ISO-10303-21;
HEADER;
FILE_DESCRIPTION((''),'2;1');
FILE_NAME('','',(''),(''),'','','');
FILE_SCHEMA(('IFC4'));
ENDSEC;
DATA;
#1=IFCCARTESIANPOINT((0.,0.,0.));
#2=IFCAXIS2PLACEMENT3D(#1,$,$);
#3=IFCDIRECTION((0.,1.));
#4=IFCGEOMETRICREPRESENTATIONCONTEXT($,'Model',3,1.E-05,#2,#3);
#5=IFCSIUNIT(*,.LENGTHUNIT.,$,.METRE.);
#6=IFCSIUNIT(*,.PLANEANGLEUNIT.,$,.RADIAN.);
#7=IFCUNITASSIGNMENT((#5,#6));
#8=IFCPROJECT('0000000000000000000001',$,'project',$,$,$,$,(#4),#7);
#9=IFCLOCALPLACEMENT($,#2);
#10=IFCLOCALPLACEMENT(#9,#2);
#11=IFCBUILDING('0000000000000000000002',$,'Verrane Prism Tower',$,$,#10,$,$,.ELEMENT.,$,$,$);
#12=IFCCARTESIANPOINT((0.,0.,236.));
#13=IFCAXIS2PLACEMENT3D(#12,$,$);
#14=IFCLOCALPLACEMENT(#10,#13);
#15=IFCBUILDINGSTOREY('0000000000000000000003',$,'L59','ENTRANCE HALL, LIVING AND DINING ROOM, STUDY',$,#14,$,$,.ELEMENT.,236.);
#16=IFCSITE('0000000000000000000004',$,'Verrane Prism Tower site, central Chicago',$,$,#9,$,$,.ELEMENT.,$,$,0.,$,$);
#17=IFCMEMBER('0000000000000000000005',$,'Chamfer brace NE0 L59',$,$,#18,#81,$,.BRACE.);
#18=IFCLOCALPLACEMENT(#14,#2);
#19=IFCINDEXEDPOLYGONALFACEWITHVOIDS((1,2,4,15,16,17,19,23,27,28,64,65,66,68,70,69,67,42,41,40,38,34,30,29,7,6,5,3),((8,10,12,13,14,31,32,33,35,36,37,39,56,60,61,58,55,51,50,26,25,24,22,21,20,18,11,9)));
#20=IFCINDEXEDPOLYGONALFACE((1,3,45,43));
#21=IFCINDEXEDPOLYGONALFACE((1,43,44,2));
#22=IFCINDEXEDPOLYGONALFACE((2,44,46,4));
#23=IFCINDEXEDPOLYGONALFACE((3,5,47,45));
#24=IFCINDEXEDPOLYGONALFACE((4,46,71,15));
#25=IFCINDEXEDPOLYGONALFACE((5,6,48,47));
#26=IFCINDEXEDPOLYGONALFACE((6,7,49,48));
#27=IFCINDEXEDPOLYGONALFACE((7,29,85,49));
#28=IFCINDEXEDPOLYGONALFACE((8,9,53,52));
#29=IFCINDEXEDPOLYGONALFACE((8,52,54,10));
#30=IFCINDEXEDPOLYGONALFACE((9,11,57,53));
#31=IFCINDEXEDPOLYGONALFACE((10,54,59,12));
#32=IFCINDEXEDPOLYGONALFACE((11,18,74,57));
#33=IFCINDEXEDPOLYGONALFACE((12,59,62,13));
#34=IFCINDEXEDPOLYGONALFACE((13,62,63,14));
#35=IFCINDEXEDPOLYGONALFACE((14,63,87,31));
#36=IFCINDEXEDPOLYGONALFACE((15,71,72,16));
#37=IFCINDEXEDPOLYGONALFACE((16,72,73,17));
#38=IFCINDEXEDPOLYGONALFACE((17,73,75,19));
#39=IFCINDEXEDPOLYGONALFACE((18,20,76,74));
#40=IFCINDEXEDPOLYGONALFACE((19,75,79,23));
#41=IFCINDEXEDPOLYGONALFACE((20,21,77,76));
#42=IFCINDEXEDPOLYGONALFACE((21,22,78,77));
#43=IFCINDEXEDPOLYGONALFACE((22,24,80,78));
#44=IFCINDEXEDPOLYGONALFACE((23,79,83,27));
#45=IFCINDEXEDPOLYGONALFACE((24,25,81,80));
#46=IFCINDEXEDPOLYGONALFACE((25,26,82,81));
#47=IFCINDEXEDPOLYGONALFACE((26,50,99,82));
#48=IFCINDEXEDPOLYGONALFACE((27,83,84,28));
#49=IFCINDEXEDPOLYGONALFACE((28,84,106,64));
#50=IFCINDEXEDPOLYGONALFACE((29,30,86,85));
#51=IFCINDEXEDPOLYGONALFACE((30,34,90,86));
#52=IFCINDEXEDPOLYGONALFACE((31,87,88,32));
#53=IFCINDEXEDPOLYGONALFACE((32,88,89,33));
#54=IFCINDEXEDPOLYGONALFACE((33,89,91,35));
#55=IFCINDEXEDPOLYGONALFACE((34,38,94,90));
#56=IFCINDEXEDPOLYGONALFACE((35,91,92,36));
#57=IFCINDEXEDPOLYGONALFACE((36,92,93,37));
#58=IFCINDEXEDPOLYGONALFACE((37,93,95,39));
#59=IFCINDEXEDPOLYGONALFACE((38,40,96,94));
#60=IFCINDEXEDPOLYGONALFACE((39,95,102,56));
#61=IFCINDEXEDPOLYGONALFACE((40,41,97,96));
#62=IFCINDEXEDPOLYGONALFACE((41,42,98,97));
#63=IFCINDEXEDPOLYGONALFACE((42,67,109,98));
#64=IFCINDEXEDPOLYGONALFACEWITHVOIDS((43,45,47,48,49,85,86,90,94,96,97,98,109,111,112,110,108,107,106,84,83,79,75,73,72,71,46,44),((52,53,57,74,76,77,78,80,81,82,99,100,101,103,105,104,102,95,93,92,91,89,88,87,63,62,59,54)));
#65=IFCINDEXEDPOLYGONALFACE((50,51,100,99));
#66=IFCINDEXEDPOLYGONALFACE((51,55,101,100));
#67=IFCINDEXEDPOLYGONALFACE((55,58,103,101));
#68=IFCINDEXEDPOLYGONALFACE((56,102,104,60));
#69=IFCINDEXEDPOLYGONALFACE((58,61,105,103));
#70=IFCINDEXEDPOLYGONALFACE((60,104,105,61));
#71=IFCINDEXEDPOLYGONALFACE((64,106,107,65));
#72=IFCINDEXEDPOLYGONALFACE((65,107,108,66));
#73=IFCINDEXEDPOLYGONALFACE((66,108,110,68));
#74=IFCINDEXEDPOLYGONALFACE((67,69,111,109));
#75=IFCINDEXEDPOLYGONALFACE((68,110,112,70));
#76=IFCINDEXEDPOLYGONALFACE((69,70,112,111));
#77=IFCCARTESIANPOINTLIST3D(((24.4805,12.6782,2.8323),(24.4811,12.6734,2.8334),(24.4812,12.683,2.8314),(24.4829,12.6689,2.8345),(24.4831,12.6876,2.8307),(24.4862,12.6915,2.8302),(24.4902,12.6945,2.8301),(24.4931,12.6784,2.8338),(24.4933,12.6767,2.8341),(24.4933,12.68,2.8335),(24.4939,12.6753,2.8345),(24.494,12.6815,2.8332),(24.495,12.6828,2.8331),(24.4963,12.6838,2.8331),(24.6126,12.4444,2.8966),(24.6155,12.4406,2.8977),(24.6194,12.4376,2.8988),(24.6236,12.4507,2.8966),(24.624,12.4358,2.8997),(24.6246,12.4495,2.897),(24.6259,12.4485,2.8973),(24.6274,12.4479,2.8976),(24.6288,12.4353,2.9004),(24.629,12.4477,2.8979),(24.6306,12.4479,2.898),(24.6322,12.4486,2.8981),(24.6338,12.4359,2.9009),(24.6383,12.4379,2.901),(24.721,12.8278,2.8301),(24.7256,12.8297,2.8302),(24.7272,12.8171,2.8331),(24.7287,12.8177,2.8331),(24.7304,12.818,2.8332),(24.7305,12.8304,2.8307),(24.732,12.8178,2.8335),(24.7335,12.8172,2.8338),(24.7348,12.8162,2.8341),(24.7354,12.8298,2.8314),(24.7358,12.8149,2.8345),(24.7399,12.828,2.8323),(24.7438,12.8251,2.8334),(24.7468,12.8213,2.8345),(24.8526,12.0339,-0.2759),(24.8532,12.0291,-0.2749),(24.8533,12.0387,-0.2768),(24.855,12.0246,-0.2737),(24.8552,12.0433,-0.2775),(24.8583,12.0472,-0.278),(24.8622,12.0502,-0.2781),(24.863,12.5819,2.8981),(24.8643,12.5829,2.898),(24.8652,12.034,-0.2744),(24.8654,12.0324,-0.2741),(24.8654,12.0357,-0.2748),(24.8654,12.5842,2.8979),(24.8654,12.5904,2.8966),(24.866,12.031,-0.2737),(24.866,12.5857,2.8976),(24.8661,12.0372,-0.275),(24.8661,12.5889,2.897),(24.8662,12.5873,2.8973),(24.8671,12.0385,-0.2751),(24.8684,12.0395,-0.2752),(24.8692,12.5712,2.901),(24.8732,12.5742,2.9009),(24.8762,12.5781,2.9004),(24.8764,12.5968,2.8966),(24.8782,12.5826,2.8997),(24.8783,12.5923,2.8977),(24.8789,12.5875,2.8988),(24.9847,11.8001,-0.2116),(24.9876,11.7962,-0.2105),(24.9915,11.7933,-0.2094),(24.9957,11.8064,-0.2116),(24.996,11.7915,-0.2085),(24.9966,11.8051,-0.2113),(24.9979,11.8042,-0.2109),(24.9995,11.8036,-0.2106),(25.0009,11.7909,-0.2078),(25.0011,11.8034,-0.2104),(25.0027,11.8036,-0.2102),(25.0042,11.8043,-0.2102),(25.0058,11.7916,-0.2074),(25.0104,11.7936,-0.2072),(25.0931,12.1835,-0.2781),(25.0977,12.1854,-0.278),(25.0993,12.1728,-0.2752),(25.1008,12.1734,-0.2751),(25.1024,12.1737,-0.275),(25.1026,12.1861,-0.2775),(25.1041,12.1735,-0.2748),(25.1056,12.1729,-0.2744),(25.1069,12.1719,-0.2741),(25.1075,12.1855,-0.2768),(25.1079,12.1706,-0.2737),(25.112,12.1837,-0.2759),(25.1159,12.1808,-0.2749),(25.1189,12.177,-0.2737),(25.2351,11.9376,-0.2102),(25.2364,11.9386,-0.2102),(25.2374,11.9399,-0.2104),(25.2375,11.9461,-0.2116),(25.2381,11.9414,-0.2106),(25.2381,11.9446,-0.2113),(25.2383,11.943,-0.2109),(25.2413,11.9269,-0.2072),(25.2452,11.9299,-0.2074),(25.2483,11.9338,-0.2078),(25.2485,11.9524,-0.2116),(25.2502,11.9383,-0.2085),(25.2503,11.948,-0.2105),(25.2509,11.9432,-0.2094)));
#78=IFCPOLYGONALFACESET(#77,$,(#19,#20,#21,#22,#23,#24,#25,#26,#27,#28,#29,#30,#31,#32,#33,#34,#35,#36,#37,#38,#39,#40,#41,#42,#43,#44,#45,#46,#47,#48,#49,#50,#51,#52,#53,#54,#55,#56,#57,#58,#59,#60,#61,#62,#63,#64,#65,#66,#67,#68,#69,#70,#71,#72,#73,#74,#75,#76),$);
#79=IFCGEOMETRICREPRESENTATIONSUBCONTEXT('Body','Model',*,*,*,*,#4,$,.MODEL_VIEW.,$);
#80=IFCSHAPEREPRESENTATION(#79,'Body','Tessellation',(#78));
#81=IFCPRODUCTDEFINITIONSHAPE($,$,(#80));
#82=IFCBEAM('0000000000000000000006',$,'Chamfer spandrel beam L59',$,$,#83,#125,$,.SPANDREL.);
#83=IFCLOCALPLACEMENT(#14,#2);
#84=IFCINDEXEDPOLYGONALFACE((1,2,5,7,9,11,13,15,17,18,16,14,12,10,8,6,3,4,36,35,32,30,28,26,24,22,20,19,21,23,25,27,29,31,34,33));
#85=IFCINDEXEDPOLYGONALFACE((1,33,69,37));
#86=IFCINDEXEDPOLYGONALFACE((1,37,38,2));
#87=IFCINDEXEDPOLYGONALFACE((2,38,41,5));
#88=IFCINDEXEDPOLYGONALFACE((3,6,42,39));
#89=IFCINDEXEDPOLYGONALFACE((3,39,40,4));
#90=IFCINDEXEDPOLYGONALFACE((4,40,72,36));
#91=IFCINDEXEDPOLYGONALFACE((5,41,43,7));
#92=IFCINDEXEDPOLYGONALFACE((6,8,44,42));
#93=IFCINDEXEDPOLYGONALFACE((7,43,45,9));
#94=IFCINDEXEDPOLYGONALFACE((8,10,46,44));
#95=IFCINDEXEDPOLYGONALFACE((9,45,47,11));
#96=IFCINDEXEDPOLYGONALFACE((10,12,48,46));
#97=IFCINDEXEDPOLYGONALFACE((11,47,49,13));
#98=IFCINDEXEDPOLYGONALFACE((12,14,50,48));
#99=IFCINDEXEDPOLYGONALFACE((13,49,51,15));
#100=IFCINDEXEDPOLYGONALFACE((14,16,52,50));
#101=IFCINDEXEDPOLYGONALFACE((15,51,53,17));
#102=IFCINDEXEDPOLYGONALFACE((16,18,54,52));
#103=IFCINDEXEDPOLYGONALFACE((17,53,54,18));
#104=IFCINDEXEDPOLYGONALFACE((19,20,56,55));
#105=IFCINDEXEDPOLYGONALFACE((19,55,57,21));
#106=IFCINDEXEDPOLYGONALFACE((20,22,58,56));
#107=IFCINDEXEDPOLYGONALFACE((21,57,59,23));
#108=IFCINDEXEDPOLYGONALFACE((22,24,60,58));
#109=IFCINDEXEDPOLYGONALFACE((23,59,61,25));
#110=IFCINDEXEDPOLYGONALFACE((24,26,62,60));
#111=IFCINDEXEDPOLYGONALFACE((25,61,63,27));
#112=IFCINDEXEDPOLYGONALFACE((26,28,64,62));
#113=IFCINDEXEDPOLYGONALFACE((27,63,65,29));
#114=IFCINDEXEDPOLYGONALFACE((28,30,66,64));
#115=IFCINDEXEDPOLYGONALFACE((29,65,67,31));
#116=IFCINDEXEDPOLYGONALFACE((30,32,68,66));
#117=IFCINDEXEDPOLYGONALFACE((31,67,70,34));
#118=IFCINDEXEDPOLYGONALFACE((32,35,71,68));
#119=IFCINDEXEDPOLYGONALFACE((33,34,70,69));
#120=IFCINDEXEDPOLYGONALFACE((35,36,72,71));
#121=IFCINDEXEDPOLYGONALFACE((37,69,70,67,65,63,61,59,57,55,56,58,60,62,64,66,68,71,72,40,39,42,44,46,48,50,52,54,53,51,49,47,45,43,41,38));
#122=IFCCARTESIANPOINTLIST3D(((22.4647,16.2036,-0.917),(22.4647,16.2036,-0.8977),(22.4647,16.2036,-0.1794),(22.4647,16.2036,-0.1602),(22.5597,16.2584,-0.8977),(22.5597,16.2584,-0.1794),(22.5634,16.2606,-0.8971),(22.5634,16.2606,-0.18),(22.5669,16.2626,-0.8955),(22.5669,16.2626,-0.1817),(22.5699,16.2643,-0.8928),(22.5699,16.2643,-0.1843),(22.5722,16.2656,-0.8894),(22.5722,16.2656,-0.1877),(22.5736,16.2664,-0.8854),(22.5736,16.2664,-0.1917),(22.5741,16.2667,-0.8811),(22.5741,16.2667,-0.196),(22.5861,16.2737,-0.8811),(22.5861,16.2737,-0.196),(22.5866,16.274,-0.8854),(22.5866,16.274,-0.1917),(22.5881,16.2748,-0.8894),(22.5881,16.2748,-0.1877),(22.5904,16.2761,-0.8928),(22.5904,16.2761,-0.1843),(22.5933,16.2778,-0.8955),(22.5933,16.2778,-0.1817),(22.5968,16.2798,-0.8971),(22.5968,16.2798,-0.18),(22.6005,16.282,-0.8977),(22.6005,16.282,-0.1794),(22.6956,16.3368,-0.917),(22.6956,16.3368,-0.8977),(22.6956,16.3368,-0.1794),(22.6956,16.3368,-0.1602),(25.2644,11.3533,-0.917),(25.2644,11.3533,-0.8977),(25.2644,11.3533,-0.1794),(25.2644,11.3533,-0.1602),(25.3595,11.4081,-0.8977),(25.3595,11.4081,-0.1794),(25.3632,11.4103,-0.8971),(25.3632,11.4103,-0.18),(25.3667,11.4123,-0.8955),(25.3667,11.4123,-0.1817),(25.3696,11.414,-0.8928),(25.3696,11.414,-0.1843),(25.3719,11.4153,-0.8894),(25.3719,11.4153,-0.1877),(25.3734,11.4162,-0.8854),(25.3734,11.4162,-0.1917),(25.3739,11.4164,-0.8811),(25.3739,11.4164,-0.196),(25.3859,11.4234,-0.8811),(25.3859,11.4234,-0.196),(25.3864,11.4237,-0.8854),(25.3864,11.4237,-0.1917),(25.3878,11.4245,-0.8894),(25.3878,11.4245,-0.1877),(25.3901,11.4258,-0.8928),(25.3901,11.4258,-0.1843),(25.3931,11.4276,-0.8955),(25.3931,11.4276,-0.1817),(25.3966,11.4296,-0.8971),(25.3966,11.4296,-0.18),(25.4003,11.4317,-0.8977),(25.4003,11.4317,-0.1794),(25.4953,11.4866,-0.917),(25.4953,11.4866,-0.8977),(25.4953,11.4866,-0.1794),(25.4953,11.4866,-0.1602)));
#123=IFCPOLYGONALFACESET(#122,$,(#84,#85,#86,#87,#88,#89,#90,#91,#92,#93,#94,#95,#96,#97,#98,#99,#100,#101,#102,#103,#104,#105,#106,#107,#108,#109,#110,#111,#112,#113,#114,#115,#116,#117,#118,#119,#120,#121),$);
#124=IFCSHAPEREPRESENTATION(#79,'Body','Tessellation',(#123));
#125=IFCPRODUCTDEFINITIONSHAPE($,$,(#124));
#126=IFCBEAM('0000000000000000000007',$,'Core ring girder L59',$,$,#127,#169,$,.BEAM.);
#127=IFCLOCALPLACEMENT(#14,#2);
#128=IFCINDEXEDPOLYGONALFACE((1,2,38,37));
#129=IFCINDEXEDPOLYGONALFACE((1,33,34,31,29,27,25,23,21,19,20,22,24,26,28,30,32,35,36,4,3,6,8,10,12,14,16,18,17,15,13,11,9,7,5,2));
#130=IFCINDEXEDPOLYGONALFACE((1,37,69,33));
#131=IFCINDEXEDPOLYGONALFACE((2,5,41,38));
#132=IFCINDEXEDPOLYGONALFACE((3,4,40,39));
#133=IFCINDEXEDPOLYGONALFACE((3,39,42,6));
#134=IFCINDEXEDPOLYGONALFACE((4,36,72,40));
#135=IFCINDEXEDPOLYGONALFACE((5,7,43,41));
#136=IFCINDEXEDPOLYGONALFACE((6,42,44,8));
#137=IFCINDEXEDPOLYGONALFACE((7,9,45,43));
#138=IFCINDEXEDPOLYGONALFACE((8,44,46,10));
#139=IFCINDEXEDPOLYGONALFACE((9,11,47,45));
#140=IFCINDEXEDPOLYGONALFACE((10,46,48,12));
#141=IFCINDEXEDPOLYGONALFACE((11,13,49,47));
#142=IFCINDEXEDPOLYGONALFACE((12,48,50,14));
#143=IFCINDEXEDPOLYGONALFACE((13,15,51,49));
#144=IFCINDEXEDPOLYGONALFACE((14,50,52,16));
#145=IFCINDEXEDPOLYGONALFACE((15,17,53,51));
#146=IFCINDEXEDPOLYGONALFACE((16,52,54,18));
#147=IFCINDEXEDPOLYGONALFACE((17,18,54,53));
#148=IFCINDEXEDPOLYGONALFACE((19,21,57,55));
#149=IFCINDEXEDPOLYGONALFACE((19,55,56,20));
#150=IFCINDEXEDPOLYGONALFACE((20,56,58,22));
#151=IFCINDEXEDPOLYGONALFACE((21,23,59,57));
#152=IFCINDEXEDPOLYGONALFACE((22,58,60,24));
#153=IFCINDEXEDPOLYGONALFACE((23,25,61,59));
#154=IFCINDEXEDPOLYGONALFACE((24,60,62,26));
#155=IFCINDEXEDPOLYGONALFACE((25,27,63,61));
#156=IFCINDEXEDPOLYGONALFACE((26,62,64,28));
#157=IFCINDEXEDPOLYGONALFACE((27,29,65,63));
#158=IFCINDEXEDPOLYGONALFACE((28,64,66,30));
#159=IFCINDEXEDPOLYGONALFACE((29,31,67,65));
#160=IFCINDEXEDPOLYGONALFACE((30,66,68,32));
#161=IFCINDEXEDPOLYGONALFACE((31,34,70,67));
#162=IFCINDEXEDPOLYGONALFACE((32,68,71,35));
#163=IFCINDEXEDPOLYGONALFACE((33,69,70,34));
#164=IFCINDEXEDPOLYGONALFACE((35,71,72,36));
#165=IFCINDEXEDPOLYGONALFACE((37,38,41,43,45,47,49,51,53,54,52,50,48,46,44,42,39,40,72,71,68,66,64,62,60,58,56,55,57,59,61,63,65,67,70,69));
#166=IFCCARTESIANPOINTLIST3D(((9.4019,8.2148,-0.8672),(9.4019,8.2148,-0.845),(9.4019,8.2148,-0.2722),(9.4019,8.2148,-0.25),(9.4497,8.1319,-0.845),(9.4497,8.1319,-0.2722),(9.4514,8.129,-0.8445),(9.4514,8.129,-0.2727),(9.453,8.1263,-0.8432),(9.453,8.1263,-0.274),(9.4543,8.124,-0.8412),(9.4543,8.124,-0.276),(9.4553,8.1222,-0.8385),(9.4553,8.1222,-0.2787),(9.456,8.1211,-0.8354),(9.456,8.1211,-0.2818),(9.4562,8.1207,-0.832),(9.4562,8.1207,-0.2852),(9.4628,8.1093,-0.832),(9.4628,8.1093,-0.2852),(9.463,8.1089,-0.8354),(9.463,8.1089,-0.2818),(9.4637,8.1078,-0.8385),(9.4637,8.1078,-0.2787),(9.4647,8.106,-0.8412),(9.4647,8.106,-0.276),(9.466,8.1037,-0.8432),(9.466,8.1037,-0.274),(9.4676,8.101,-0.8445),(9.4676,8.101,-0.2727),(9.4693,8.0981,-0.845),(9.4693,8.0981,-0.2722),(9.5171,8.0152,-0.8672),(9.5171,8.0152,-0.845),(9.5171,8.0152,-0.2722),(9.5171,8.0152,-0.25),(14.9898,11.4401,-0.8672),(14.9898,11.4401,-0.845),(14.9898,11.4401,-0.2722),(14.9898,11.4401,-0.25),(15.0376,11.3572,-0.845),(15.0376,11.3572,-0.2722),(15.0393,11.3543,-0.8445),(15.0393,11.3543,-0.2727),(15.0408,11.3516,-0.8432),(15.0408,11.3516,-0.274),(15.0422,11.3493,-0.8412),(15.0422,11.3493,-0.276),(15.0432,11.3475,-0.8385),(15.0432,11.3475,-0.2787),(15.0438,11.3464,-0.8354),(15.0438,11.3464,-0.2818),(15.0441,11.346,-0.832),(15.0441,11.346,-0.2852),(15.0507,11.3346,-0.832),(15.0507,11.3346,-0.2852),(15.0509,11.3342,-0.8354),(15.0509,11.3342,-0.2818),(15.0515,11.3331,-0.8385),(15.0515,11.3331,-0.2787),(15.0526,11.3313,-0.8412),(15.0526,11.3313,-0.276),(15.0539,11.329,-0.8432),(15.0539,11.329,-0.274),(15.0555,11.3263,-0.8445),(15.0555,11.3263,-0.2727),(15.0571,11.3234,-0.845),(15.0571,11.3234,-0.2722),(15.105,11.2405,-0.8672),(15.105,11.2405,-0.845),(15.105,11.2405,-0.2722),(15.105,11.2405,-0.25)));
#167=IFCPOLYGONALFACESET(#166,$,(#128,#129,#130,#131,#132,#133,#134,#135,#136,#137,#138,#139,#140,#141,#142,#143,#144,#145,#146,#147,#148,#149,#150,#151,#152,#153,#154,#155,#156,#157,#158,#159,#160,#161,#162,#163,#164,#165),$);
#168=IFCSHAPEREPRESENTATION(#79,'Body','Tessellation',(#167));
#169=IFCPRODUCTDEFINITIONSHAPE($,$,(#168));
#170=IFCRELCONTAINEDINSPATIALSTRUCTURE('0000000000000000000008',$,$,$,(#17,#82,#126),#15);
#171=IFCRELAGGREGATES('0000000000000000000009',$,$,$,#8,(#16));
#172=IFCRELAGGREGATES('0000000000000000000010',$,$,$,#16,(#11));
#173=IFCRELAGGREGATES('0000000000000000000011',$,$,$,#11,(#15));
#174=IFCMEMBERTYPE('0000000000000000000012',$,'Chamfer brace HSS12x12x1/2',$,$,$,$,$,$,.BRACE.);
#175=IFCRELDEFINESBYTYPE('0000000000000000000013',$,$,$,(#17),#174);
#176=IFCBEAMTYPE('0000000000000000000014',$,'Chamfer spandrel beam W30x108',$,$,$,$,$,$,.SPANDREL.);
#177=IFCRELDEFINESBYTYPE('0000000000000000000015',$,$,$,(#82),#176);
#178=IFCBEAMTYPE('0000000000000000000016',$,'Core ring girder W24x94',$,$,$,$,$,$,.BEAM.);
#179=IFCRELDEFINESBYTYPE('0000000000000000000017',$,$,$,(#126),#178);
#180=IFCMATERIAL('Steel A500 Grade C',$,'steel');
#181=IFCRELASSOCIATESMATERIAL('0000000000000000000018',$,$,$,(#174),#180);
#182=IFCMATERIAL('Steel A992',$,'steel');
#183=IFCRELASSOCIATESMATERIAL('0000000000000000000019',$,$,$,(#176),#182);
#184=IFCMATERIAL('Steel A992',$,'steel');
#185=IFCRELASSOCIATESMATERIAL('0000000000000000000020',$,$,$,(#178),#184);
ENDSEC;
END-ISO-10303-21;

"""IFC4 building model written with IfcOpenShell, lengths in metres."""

from ifc_helpers import new_model, si_unit, direction, frame, origin, origin_2d, place, context, subcontext, project, spatial, hollow_rectangle, i_section, extrude, material, material_profile, profile_set, type_object, element, save


model = new_model("IFC4")

# Units and contexts
model_context = context("Model", 3, precision=1e-05, world=origin(), true_north=direction((0.0, 1.0)))
body_context = subcontext(model_context, "Body", "Model", "MODEL_VIEW")
ifc_project = project(units=[si_unit("LENGTHUNIT", "METRE"), si_unit("PLANEANGLEUNIT", "RADIAN")], contexts=[model_context])

# Site, building, storey
site_placement = place(None, origin())
site = spatial("IfcSite", under=ifc_project, at=site_placement, Name="Verrane Prism Tower site, central Chicago", CompositionType="ELEMENT", RefElevation=0.0)
building_placement = place(site_placement, origin())
building = spatial("IfcBuilding", under=site, at=building_placement, Name="Verrane Prism Tower", CompositionType="ELEMENT")
storey_placement = place(building_placement, frame((0.0, 0.0, 236.0)))
storey = spatial("IfcBuildingStorey", under=building, at=storey_placement, Name="L59", Description="ENTRANCE HALL, LIVING AND DINING ROOM, STUDY", CompositionType="ELEMENT", Elevation=236.0)

# Member
ifc_material_1 = material(Name="Steel A500 Grade C", Category="steel")
ifc_material_profile_1 = material_profile(ifc_material_1, hollow_rectangle(XDim=0.3047, YDim=0.3047, WallThickness=0.0127, InnerFilletRadius=0.0063, OuterFilletRadius=0.019, at=origin_2d()), Name="HSS12x12x1/2")
ifc_profile_set_1 = profile_set([ifc_material_profile_1], Name="Steel A500 Grade C")
member_type_1 = type_object("IfcMemberType", Name="Chamfer brace HSS12x12x1/2", PredefinedType="BRACE", material=ifc_profile_set_1)
member_1_placement = place(storey_placement, frame((25.0518, 11.9885, -0.2427), z_axis=(-0.116419, 0.201594, 0.972526), x_axis=(-0.865972, -0.500092, 0.0)))
element("IfcMember", 1, at=member_1_placement, inside=storey, type_object=member_type_1, Name="Chamfer brace NE0 L59", PredefinedType="BRACE", context=body_context, shape_type="SweptSolid", body=[
    extrude(hollow_rectangle(XDim=0.3047, YDim=0.3047, WallThickness=0.0127, InnerFilletRadius=0.0063, OuterFilletRadius=0.019, at=origin_2d()), origin(), (0.0, 0.0, 1.0), 3.196),
])

# Beams
ifc_material_2 = material(Name="Steel A992", Category="steel")
ifc_material_profile_2 = material_profile(ifc_material_2, i_section(OverallWidth=0.2666, OverallDepth=0.7568, WebThickness=0.0139, FlangeThickness=0.0193, FilletRadius=0.0166, at=origin_2d()), Name="W30x108")
ifc_profile_set_2 = profile_set([ifc_material_profile_2], Name="Steel A992")
beam_type_1 = type_object("IfcBeamType", Name="Chamfer spandrel beam W30x108", PredefinedType="SPANDREL", material=ifc_profile_set_2)
beam_1_placement = place(storey_placement, frame((25.3799, 11.4199, -0.5386), z_axis=(-0.499927, 0.866067, 0.0), x_axis=(-0.866067, -0.499927, 0.0)))
element("IfcBeam", 2, at=beam_1_placement, inside=storey, type_object=beam_type_1, Name="Chamfer spandrel beam L59", PredefinedType="SPANDREL", context=body_context, shape_type="SweptSolid", body=[
    extrude(i_section(OverallWidth=0.2666, OverallDepth=0.7568, WebThickness=0.0139, FlangeThickness=0.0193, FilletRadius=0.0166, at=origin_2d()), origin(), (0.0, 0.0, 1.0), 5.6003),
])
ifc_material_3 = material(Name="Steel A992", Category="steel")
ifc_material_profile_3 = material_profile(ifc_material_3, i_section(OverallWidth=0.2305, OverallDepth=0.6172, WebThickness=0.0132, FlangeThickness=0.0222, FilletRadius=0.0129, at=origin_2d()), Name="W24x94")
ifc_profile_set_3 = profile_set([ifc_material_profile_3], Name="Steel A992")
beam_type_2 = type_object("IfcBeamType", Name="Core ring girder W24x94", PredefinedType="BEAM", material=ifc_profile_set_3)
beam_2_placement = place(storey_placement, frame((15.0474, 11.3403, -0.5586), z_axis=(-0.866081, -0.499904, 0.0), x_axis=(0.499904, -0.866081, 0.0)))
element("IfcBeam", 3, at=beam_2_placement, inside=storey, type_object=beam_type_2, Name="Core ring girder L59", PredefinedType="BEAM", context=body_context, shape_type="SweptSolid", body=[
    extrude(i_section(OverallWidth=0.2305, OverallDepth=0.6172, WebThickness=0.0132, FlangeThickness=0.0222, FilletRadius=0.0129, at=origin_2d()), origin(), (0.0, 0.0, 1.0), 6.4519),
])

save(model, "model.ifc")
